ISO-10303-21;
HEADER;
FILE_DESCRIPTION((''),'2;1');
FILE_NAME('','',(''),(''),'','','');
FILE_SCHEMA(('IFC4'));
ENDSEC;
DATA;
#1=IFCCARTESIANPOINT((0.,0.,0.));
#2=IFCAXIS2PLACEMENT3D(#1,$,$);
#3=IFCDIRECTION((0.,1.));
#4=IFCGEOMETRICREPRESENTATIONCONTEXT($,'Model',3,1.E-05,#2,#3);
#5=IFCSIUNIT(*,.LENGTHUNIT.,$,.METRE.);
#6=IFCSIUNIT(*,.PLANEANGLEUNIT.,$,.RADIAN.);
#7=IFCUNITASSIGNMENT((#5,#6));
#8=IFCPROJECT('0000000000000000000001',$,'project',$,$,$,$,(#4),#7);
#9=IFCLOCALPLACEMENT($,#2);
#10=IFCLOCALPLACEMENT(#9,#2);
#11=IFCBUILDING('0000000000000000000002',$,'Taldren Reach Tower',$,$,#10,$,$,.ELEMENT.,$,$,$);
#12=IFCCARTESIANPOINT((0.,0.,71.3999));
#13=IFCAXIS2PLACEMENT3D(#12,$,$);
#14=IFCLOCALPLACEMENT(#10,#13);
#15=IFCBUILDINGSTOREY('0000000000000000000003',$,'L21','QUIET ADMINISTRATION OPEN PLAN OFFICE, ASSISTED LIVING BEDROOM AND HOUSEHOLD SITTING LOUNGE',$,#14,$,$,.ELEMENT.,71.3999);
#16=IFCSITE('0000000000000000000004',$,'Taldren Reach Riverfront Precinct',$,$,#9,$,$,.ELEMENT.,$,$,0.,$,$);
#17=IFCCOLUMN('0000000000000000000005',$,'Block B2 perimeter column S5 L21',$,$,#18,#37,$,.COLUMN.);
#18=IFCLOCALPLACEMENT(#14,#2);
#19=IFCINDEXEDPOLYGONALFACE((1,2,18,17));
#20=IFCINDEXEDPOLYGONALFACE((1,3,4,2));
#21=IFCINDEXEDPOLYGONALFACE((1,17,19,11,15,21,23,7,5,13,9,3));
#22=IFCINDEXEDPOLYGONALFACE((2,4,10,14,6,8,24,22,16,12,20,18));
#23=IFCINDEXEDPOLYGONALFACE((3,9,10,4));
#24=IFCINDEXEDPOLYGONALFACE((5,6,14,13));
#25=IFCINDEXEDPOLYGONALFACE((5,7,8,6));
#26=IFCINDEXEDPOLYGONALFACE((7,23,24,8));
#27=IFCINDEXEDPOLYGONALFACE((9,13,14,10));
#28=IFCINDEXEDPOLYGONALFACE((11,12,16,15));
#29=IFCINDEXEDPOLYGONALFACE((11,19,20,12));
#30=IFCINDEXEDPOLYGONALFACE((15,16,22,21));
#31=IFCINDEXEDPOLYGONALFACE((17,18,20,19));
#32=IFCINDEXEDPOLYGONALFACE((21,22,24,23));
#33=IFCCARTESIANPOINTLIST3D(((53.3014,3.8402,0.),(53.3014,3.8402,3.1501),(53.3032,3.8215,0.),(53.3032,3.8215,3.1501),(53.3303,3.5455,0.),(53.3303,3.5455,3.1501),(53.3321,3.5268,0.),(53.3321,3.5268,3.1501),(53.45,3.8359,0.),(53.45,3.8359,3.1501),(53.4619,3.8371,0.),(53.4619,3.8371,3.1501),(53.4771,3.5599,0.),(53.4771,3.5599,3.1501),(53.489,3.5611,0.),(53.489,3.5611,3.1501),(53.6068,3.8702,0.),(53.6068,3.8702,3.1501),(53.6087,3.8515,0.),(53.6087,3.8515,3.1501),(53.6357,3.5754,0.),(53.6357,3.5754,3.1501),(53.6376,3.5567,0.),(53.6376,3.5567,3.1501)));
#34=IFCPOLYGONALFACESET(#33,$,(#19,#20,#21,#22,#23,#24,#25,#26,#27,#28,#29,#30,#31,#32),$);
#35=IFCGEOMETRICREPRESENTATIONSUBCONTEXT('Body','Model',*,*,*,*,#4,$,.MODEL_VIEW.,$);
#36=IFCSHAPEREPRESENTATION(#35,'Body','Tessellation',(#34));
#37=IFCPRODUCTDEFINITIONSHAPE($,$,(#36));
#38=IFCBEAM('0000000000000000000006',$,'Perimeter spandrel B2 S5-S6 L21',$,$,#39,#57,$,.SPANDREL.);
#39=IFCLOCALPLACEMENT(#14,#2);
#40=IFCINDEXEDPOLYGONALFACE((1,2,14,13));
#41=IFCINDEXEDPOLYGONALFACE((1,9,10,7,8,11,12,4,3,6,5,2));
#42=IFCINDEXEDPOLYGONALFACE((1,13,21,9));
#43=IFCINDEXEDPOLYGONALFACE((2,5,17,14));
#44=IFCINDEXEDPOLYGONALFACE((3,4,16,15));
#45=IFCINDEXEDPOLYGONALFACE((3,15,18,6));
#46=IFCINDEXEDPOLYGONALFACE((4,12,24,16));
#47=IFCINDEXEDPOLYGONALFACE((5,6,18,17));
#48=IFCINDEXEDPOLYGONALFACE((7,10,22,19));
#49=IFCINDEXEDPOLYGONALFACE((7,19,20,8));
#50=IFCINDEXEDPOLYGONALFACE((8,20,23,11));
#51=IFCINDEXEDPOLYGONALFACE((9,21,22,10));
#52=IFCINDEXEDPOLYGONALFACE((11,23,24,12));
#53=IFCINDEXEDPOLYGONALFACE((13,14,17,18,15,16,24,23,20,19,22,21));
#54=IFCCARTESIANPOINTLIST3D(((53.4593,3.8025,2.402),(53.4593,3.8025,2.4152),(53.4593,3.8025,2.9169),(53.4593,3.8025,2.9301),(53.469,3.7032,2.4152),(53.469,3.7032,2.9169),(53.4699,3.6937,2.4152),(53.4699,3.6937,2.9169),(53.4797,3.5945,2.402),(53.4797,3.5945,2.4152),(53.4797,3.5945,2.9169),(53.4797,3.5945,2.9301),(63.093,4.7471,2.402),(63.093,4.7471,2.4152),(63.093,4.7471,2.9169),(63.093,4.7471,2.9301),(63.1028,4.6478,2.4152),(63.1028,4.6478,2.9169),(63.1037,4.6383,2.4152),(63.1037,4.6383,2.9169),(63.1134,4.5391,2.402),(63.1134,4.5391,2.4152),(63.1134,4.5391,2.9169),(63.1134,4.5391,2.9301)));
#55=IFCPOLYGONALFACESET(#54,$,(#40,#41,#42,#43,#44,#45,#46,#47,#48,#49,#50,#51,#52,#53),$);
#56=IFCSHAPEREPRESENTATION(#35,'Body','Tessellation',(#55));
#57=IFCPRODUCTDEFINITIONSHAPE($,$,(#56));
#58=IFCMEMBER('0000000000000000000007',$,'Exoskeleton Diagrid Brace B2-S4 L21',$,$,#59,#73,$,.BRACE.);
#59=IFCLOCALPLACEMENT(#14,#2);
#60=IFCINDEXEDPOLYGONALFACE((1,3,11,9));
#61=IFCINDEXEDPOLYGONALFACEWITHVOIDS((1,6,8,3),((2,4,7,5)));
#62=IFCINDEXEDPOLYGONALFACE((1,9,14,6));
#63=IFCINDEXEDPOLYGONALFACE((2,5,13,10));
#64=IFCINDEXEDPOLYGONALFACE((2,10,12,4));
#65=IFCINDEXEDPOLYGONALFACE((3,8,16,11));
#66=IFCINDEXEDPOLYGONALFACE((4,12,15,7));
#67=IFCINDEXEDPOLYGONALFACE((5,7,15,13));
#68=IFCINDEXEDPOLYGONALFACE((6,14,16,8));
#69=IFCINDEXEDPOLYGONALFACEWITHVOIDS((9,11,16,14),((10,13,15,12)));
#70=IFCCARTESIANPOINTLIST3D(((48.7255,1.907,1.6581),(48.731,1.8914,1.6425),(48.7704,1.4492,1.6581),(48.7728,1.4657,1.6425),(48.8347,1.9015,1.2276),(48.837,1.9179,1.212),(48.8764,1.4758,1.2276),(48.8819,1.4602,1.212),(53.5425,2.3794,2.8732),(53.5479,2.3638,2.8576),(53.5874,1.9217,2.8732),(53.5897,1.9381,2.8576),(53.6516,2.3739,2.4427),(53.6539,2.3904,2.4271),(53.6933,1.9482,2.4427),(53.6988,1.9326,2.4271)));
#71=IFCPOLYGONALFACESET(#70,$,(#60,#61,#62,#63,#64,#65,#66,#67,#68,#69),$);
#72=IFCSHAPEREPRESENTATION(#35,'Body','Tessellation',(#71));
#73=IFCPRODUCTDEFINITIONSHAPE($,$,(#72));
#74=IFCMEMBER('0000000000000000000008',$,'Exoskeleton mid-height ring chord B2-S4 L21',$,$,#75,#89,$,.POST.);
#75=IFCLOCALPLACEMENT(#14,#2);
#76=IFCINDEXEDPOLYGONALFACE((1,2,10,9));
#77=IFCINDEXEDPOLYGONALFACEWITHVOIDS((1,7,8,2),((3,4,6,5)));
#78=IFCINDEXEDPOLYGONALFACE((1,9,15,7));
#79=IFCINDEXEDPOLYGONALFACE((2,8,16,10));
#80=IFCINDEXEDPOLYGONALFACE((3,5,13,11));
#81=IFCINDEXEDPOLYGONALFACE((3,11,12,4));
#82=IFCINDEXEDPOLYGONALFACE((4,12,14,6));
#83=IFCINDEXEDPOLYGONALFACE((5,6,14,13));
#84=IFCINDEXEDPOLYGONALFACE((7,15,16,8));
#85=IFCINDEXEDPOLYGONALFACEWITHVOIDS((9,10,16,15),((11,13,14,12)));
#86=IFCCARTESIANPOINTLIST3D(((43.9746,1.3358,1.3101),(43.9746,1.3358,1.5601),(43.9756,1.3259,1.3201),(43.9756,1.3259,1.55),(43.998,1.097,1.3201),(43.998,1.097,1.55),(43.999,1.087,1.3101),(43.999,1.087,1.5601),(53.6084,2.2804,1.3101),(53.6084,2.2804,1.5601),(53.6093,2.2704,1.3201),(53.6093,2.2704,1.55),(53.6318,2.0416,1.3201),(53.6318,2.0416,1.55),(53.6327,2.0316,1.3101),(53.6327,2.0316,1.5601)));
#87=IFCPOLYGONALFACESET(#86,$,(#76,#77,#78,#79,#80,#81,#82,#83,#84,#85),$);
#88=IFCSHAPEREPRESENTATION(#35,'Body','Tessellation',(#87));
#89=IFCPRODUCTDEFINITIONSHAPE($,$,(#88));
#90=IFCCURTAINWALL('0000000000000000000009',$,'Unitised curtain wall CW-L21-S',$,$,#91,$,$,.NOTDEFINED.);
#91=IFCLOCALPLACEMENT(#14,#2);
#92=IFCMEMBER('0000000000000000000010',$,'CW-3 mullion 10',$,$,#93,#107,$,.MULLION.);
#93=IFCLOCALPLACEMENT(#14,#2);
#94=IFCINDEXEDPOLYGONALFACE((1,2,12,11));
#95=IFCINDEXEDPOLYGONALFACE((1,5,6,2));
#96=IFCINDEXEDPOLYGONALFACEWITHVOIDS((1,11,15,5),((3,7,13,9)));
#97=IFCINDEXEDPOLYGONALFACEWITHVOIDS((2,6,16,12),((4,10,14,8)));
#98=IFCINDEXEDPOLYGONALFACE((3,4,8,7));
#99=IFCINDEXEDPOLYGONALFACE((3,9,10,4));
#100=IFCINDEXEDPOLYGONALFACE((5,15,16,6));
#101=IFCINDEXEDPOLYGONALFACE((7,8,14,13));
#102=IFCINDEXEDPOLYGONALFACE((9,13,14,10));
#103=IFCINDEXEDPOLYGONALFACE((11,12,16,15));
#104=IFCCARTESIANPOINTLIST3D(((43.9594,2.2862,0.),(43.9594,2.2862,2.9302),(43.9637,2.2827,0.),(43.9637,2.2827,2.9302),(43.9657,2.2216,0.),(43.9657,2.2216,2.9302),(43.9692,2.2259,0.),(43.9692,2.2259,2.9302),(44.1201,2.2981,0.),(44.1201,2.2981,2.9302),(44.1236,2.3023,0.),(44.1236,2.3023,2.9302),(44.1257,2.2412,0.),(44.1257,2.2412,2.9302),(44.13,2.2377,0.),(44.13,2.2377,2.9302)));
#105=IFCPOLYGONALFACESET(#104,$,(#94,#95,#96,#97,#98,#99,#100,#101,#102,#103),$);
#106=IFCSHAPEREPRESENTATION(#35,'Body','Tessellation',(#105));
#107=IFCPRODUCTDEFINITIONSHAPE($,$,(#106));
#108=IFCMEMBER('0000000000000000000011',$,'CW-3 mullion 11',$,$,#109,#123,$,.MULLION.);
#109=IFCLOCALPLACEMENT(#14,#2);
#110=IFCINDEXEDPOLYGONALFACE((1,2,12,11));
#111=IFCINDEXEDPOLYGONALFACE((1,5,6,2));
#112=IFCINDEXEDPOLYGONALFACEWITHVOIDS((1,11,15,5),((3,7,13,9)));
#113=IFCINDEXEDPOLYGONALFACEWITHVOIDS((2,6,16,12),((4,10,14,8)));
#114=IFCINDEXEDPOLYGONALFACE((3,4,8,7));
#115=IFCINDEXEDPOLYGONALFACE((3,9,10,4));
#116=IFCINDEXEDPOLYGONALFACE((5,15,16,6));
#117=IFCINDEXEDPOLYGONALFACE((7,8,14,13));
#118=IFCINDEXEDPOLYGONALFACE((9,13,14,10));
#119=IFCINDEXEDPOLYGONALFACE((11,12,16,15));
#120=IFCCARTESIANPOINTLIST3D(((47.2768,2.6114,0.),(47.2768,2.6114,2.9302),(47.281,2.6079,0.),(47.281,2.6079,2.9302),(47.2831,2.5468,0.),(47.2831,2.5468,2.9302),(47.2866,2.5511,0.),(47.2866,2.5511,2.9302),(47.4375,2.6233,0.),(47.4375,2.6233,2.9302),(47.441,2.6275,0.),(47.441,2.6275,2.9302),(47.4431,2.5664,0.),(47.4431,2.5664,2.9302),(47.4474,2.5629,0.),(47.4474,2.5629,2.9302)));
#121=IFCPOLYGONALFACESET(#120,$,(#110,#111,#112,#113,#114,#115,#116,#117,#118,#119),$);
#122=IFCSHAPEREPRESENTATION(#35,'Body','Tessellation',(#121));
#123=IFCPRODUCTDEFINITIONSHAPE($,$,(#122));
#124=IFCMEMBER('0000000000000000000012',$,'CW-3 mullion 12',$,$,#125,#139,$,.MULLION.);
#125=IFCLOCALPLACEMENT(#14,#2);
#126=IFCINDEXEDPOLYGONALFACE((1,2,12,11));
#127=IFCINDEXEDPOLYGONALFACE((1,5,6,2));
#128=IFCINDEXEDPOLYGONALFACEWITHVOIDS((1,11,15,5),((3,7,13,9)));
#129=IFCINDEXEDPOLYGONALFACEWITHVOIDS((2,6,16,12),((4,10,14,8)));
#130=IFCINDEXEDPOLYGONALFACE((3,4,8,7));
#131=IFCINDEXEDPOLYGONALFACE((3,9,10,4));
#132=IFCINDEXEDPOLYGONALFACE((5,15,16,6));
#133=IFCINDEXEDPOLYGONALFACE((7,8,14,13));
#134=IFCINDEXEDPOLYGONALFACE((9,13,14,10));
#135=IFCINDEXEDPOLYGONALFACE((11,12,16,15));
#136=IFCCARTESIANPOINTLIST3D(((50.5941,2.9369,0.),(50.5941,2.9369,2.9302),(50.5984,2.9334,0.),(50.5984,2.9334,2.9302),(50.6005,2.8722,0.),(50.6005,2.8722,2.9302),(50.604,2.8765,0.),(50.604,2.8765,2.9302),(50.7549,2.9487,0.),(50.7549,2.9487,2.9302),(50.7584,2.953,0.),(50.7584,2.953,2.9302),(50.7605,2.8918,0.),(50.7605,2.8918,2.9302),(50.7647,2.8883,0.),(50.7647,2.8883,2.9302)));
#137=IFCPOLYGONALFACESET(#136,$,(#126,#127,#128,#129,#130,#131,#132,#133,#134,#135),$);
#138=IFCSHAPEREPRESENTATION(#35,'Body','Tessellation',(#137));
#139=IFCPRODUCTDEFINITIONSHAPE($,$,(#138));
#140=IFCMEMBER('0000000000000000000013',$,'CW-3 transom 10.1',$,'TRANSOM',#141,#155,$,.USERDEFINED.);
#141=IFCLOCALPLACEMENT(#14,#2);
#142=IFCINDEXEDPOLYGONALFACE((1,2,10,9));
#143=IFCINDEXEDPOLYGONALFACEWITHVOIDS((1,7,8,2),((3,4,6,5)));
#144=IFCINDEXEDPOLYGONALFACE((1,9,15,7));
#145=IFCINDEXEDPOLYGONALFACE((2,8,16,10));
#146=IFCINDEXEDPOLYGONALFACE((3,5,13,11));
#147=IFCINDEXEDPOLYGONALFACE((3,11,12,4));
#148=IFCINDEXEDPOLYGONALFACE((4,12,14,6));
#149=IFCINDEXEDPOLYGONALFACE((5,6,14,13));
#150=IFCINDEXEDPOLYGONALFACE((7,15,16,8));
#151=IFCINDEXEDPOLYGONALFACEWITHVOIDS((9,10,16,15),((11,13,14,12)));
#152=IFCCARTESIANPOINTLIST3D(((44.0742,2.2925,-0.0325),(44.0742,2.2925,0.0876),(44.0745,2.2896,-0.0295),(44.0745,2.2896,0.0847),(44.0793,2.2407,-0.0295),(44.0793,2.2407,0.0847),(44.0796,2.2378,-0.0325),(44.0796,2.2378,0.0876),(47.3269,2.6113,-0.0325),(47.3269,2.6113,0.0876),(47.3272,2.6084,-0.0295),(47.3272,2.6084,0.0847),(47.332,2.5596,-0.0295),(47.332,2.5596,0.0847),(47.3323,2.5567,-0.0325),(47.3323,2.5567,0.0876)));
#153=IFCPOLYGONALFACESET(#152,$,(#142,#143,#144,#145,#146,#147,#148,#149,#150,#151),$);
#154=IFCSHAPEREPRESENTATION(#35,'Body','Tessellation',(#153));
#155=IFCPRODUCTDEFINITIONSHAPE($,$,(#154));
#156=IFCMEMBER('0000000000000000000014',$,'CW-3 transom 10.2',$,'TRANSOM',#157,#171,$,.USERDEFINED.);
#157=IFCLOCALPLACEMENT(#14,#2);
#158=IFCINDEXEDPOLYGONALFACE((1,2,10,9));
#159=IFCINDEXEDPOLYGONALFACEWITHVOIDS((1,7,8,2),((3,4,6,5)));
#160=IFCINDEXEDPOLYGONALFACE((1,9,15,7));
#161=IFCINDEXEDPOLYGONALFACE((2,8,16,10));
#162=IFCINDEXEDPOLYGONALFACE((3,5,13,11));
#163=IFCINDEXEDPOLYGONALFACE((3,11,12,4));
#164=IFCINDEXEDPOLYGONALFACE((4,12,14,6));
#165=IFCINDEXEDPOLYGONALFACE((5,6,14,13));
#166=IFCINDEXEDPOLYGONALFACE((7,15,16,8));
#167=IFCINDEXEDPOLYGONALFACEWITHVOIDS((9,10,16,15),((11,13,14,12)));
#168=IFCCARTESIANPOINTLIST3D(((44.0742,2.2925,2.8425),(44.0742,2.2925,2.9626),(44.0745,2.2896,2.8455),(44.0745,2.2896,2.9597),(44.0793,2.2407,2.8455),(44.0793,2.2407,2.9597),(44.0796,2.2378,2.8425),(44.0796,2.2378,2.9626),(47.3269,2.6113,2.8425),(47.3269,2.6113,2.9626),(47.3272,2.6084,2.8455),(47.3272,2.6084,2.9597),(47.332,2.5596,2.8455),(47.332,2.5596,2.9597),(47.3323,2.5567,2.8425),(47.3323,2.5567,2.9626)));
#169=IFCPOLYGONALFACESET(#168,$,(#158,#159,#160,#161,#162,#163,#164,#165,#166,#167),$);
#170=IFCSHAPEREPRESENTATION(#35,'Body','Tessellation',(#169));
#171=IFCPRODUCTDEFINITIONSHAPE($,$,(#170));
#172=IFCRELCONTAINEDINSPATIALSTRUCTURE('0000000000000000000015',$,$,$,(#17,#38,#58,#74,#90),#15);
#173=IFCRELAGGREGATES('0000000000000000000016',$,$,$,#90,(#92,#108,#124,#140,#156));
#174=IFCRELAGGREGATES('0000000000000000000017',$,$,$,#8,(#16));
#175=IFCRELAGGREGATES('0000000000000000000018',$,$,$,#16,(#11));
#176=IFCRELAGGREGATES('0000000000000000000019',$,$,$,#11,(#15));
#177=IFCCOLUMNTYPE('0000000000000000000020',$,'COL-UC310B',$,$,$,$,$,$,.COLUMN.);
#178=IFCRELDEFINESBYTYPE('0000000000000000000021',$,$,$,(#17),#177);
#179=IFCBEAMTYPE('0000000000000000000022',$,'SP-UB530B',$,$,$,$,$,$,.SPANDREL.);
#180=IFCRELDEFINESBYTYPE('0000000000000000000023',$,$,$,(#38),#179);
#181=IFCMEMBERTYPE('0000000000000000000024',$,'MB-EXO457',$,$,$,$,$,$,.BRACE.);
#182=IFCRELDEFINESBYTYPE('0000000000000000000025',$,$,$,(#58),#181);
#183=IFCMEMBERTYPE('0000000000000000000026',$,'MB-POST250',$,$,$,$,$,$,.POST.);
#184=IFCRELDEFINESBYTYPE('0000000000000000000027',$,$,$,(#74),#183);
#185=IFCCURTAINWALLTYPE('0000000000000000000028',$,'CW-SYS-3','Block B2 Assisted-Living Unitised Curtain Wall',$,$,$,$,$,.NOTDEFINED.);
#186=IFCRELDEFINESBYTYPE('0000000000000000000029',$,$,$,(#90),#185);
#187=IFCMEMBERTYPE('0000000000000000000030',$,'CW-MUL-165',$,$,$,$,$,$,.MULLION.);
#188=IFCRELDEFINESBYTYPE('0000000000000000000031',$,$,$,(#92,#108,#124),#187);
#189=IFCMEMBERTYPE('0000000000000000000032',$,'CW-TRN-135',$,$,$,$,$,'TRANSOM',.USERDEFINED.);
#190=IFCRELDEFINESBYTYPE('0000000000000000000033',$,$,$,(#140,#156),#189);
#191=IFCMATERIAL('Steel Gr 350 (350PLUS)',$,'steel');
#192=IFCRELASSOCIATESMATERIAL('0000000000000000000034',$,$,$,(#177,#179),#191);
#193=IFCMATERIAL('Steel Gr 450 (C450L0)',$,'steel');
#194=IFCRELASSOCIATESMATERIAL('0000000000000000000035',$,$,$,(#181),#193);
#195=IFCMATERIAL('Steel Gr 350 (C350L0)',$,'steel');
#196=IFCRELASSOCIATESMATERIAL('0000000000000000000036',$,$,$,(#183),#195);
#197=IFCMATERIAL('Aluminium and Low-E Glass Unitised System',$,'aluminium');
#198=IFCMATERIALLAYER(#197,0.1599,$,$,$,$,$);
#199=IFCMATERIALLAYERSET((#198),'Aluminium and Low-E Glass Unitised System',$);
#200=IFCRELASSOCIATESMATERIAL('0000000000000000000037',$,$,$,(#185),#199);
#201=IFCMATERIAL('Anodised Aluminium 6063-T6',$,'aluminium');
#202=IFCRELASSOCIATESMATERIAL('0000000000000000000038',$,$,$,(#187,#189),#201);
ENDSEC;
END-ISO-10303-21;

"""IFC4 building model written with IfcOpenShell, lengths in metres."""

from ifc_helpers import new_model, si_unit, direction, frame, origin, origin_2d, place, context, subcontext, project, spatial, hollow_rectangle, i_section, extrude, source, transform, mapped, material, layer, layer_set, material_profile, profile_set, type_object, element, aggregate, save


model = new_model("IFC4")

# Units and contexts
model_context = context("Model", 3, precision=1e-05, world=origin(), true_north=direction((0.0, 1.0)))
body_context = subcontext(model_context, "Body", "Model", "MODEL_VIEW")
ifc_project = project(units=[si_unit("LENGTHUNIT", "METRE"), si_unit("PLANEANGLEUNIT", "RADIAN")], contexts=[model_context])

# Site, building, storey
site_placement = place(None, origin())
site = spatial("IfcSite", under=ifc_project, at=site_placement, Name="Taldren Reach Riverfront Precinct", CompositionType="ELEMENT", RefElevation=0.0)
building_placement = place(site_placement, origin())
building = spatial("IfcBuilding", under=site, at=building_placement, Name="Taldren Reach Tower", CompositionType="ELEMENT")
storey_placement = place(building_placement, frame((0.0, 0.0, 71.3999)))
storey = spatial("IfcBuildingStorey", under=building, at=storey_placement, Name="L21", Description="QUIET ADMINISTRATION OPEN PLAN OFFICE, ASSISTED LIVING BEDROOM AND HOUSEHOLD SITTING LOUNGE", CompositionType="ELEMENT", Elevation=71.3999)

# Column
ifc_material_1 = material(Name="Steel Gr 350 (350PLUS)", Category="steel")
ifc_material_profile_1 = material_profile(ifc_material_1, i_section(OverallWidth=0.3069, OverallDepth=0.3149, WebThickness=0.012, FlangeThickness=0.0188, at=origin_2d()), Name="310UC118")
ifc_profile_set_1 = profile_set([ifc_material_profile_1], Name="Steel Gr 350 (350PLUS)")
column_type = type_object("IfcColumnType", Name="COL-UC310B", PredefinedType="COLUMN", material=ifc_profile_set_1)
shared_shape_1 = source(origin(), body_context, "Body", "SweptSolid", [
    extrude(i_section(OverallWidth=0.3069, OverallDepth=0.3149, WebThickness=0.012, FlangeThickness=0.0188, at=origin_2d()), origin(), (0.0, 0.0, 1.0), 3.1501),
])
column_placement = place(storey_placement, frame((53.4695, 3.6985, 0.0), z_axis=(0.0, 0.0, 1.0), x_axis=(0.995227, 0.097583, 0.0)))
element("IfcColumn", 1, at=column_placement, inside=storey, type_object=column_type, Name="Block B2 perimeter column S5 L21", PredefinedType="COLUMN", context=body_context, shape_type="MappedRepresentation", body=[
    mapped(shared_shape_1, transform((0.0, 0.0, 0.0), scale=1.0)),
])

# Beam
ifc_material_profile_2 = material_profile(ifc_material_1, i_section(OverallWidth=0.209, OverallDepth=0.5281, WebThickness=0.0095, FlangeThickness=0.0132, at=origin_2d()), Name="530UB82.0")
ifc_profile_set_2 = profile_set([ifc_material_profile_2], Name="Steel Gr 350 (350PLUS)")
beam_type = type_object("IfcBeamType", Name="SP-UB530B", PredefinedType="SPANDREL", material=ifc_profile_set_2)
shared_shape_2 = source(origin(), body_context, "Body", "SweptSolid", [
    extrude(i_section(OverallWidth=0.209, OverallDepth=0.5281, WebThickness=0.0095, FlangeThickness=0.0132, at=origin_2d()), origin(), (0.0, 0.0, 1.0), 9.6799),
])
beam_placement = place(storey_placement, frame((53.4695, 3.6985, 2.666), z_axis=(0.995228, 0.097581, 0.0), x_axis=(-0.097581, 0.995228, 0.0)))
element("IfcBeam", 2, at=beam_placement, inside=storey, type_object=beam_type, Name="Perimeter spandrel B2 S5-S6 L21", PredefinedType="SPANDREL", context=body_context, shape_type="MappedRepresentation", body=[
    mapped(shared_shape_2, transform((0.0, 0.0, 0.0), scale=1.0)),
])

# Members
ifc_material_2 = material(Name="Steel Gr 450 (C450L0)", Category="steel")
ifc_material_profile_3 = material_profile(ifc_material_2, hollow_rectangle(XDim=0.46, YDim=0.46, WallThickness=0.0161, at=origin_2d()), Name="460x460x16.0SHS")
ifc_profile_set_3 = profile_set([ifc_material_profile_3], Name="Steel Gr 450 (C450L0)")
member_type_1 = type_object("IfcMemberType", Name="MB-EXO457", PredefinedType="BRACE", material=ifc_profile_set_3)
shared_shape_3 = source(origin(), body_context, "Body", "SweptSolid", [
    extrude(hollow_rectangle(XDim=0.46, YDim=0.46, WallThickness=0.0161, at=origin_2d()), origin(), (0.0, 0.0, 1.0), 4.9902),
])
member_1_placement = place(storey_placement, frame((48.8037, 1.6836, 1.4351), z_axis=(0.965271, 0.094668, 0.243495), x_axis=(-0.097606, 0.995225, 0.0)))
element("IfcMember", 3, at=member_1_placement, inside=storey, type_object=member_type_1, Name="Exoskeleton Diagrid Brace B2-S4 L21", PredefinedType="BRACE", context=body_context, shape_type="MappedRepresentation", body=[
    mapped(shared_shape_3, transform((0.0, 0.0, 0.0), scale=1.0)),
])
ifc_material_3 = material(Name="Steel Gr 350 (C350L0)", Category="steel")
ifc_material_profile_4 = material_profile(ifc_material_3, hollow_rectangle(XDim=0.25, YDim=0.25, WallThickness=0.01, at=origin_2d()), Name="250x250x10.0SHS")
ifc_profile_set_4 = profile_set([ifc_material_profile_4], Name="Steel Gr 350 (C350L0)")
member_type_2 = type_object("IfcMemberType", Name="MB-POST250", PredefinedType="POST", material=ifc_profile_set_4)
shared_shape_4 = source(origin(), body_context, "Body", "SweptSolid", [
    extrude(hollow_rectangle(XDim=0.25, YDim=0.25, WallThickness=0.01, at=origin_2d()), origin(), (0.0, 0.0, 1.0), 9.6799),
])
member_2_placement = place(storey_placement, frame((43.9868, 1.2114, 1.4351), z_axis=(0.995228, 0.097581, 0.0), x_axis=(-0.097581, 0.995228, 0.0)))
element("IfcMember", 4, at=member_2_placement, inside=storey, type_object=member_type_2, Name="Exoskeleton mid-height ring chord B2-S4 L21", PredefinedType="POST", context=body_context, shape_type="MappedRepresentation", body=[
    mapped(shared_shape_4, transform((0.0, 0.0, 0.0), scale=1.0)),
])

# Curtain wall, members
ifc_material_4 = material(Name="Aluminium and Low-E Glass Unitised System", Category="aluminium")
ifc_layer_1 = layer(ifc_material_4, 0.1599)
ifc_layer_set_1 = layer_set([ifc_layer_1], Name="Aluminium and Low-E Glass Unitised System")
curtain_wall_type = type_object("IfcCurtainWallType", Name="CW-SYS-3", Description="Block B2 Assisted-Living Unitised Curtain Wall", PredefinedType="NOTDEFINED", material=ifc_layer_set_1)
curtain_wall_placement = place(storey_placement, origin())
curtain_wall = element("IfcCurtainWall", 5, at=curtain_wall_placement, inside=storey, type_object=curtain_wall_type, Name="Unitised curtain wall CW-L21-S", PredefinedType="NOTDEFINED")
ifc_material_5 = material(Name="Anodised Aluminium 6063-T6", Category="aluminium")
ifc_material_profile_5 = material_profile(ifc_material_5, hollow_rectangle(XDim=0.0649, YDim=0.165, WallThickness=0.0039, at=origin_2d()), Name="ALU-165x65x4RHS")
ifc_profile_set_5 = profile_set([ifc_material_profile_5], Name="Anodised Aluminium 6063-T6")
member_type_3 = type_object("IfcMemberType", Name="CW-MUL-165", PredefinedType="MULLION", material=ifc_profile_set_5)
shared_shape_5 = source(origin(), body_context, "Body", "SweptSolid", [
    extrude(hollow_rectangle(XDim=0.0649, YDim=0.165, WallThickness=0.0039, at=origin_2d()), origin(), (0.0, 0.0, 1.0), 2.9302),
])
member_3_placement = place(storey_placement, frame((44.0447, 2.262, 0.0), z_axis=(0.0, 0.0, 1.0), x_axis=(-0.097583, 0.995227, 0.0)))
member_3 = element("IfcMember", 6, at=member_3_placement, type_object=member_type_3, Name="CW-3 mullion 10", PredefinedType="MULLION", context=body_context, shape_type="MappedRepresentation", body=[
    mapped(shared_shape_5, transform((0.0, 0.0, 0.0), scale=1.0)),
])
member_4_placement = place(storey_placement, frame((47.3621, 2.5872, 0.0), z_axis=(0.0, 0.0, 1.0), x_axis=(-0.097583, 0.995227, 0.0)))
member_4 = element("IfcMember", 7, at=member_4_placement, type_object=member_type_3, Name="CW-3 mullion 11", PredefinedType="MULLION", context=body_context, shape_type="MappedRepresentation", body=[
    mapped(shared_shape_5, transform((0.0, 0.0, 0.0), scale=1.0)),
])
member_5_placement = place(storey_placement, frame((50.6794, 2.9126, 0.0), z_axis=(0.0, 0.0, 1.0), x_axis=(-0.097583, 0.995227, 0.0)))
member_5 = element("IfcMember", 8, at=member_5_placement, type_object=member_type_3, Name="CW-3 mullion 12", PredefinedType="MULLION", context=body_context, shape_type="MappedRepresentation", body=[
    mapped(shared_shape_5, transform((0.0, 0.0, 0.0), scale=1.0)),
])
ifc_material_profile_6 = material_profile(ifc_material_5, hollow_rectangle(XDim=0.0549, YDim=0.1201, WallThickness=0.0029, at=origin_2d()), Name="ALU-120x55x3RHS")
ifc_profile_set_6 = profile_set([ifc_material_profile_6], Name="Anodised Aluminium 6063-T6")
member_type_4 = type_object("IfcMemberType", Name="CW-TRN-135", ElementType="TRANSOM", PredefinedType="USERDEFINED", material=ifc_profile_set_6)
shared_shape_6 = source(origin(), body_context, "Body", "SweptSolid", [
    extrude(hollow_rectangle(XDim=0.0549, YDim=0.1201, WallThickness=0.0029, at=origin_2d()), origin(), (0.0, 0.0, 1.0), 3.2683),
])
member_6_placement = place(storey_placement, frame((44.0769, 2.2651, 0.0276), z_axis=(0.99523, 0.097558, 0.0), x_axis=(-0.097558, 0.99523, 0.0)))
member_6 = element("IfcMember", 9, at=member_6_placement, type_object=member_type_4, Name="CW-3 transom 10.1", ObjectType="TRANSOM", PredefinedType="USERDEFINED", context=body_context, shape_type="MappedRepresentation", body=[
    mapped(shared_shape_6, transform((0.0, 0.0, 0.0), scale=1.0)),
])
member_7_placement = place(storey_placement, frame((44.0769, 2.2651, 2.9026), z_axis=(0.99523, 0.097558, 0.0), x_axis=(-0.097558, 0.99523, 0.0)))
member_7 = element("IfcMember", 10, at=member_7_placement, type_object=member_type_4, Name="CW-3 transom 10.2", ObjectType="TRANSOM", PredefinedType="USERDEFINED", context=body_context, shape_type="MappedRepresentation", body=[
    mapped(shared_shape_6, transform((0.0, 0.0, 0.0), scale=1.0)),
])

aggregate(curtain_wall, [member_3, member_4, member_5, member_6, member_7])

save(model, "model.ifc")
